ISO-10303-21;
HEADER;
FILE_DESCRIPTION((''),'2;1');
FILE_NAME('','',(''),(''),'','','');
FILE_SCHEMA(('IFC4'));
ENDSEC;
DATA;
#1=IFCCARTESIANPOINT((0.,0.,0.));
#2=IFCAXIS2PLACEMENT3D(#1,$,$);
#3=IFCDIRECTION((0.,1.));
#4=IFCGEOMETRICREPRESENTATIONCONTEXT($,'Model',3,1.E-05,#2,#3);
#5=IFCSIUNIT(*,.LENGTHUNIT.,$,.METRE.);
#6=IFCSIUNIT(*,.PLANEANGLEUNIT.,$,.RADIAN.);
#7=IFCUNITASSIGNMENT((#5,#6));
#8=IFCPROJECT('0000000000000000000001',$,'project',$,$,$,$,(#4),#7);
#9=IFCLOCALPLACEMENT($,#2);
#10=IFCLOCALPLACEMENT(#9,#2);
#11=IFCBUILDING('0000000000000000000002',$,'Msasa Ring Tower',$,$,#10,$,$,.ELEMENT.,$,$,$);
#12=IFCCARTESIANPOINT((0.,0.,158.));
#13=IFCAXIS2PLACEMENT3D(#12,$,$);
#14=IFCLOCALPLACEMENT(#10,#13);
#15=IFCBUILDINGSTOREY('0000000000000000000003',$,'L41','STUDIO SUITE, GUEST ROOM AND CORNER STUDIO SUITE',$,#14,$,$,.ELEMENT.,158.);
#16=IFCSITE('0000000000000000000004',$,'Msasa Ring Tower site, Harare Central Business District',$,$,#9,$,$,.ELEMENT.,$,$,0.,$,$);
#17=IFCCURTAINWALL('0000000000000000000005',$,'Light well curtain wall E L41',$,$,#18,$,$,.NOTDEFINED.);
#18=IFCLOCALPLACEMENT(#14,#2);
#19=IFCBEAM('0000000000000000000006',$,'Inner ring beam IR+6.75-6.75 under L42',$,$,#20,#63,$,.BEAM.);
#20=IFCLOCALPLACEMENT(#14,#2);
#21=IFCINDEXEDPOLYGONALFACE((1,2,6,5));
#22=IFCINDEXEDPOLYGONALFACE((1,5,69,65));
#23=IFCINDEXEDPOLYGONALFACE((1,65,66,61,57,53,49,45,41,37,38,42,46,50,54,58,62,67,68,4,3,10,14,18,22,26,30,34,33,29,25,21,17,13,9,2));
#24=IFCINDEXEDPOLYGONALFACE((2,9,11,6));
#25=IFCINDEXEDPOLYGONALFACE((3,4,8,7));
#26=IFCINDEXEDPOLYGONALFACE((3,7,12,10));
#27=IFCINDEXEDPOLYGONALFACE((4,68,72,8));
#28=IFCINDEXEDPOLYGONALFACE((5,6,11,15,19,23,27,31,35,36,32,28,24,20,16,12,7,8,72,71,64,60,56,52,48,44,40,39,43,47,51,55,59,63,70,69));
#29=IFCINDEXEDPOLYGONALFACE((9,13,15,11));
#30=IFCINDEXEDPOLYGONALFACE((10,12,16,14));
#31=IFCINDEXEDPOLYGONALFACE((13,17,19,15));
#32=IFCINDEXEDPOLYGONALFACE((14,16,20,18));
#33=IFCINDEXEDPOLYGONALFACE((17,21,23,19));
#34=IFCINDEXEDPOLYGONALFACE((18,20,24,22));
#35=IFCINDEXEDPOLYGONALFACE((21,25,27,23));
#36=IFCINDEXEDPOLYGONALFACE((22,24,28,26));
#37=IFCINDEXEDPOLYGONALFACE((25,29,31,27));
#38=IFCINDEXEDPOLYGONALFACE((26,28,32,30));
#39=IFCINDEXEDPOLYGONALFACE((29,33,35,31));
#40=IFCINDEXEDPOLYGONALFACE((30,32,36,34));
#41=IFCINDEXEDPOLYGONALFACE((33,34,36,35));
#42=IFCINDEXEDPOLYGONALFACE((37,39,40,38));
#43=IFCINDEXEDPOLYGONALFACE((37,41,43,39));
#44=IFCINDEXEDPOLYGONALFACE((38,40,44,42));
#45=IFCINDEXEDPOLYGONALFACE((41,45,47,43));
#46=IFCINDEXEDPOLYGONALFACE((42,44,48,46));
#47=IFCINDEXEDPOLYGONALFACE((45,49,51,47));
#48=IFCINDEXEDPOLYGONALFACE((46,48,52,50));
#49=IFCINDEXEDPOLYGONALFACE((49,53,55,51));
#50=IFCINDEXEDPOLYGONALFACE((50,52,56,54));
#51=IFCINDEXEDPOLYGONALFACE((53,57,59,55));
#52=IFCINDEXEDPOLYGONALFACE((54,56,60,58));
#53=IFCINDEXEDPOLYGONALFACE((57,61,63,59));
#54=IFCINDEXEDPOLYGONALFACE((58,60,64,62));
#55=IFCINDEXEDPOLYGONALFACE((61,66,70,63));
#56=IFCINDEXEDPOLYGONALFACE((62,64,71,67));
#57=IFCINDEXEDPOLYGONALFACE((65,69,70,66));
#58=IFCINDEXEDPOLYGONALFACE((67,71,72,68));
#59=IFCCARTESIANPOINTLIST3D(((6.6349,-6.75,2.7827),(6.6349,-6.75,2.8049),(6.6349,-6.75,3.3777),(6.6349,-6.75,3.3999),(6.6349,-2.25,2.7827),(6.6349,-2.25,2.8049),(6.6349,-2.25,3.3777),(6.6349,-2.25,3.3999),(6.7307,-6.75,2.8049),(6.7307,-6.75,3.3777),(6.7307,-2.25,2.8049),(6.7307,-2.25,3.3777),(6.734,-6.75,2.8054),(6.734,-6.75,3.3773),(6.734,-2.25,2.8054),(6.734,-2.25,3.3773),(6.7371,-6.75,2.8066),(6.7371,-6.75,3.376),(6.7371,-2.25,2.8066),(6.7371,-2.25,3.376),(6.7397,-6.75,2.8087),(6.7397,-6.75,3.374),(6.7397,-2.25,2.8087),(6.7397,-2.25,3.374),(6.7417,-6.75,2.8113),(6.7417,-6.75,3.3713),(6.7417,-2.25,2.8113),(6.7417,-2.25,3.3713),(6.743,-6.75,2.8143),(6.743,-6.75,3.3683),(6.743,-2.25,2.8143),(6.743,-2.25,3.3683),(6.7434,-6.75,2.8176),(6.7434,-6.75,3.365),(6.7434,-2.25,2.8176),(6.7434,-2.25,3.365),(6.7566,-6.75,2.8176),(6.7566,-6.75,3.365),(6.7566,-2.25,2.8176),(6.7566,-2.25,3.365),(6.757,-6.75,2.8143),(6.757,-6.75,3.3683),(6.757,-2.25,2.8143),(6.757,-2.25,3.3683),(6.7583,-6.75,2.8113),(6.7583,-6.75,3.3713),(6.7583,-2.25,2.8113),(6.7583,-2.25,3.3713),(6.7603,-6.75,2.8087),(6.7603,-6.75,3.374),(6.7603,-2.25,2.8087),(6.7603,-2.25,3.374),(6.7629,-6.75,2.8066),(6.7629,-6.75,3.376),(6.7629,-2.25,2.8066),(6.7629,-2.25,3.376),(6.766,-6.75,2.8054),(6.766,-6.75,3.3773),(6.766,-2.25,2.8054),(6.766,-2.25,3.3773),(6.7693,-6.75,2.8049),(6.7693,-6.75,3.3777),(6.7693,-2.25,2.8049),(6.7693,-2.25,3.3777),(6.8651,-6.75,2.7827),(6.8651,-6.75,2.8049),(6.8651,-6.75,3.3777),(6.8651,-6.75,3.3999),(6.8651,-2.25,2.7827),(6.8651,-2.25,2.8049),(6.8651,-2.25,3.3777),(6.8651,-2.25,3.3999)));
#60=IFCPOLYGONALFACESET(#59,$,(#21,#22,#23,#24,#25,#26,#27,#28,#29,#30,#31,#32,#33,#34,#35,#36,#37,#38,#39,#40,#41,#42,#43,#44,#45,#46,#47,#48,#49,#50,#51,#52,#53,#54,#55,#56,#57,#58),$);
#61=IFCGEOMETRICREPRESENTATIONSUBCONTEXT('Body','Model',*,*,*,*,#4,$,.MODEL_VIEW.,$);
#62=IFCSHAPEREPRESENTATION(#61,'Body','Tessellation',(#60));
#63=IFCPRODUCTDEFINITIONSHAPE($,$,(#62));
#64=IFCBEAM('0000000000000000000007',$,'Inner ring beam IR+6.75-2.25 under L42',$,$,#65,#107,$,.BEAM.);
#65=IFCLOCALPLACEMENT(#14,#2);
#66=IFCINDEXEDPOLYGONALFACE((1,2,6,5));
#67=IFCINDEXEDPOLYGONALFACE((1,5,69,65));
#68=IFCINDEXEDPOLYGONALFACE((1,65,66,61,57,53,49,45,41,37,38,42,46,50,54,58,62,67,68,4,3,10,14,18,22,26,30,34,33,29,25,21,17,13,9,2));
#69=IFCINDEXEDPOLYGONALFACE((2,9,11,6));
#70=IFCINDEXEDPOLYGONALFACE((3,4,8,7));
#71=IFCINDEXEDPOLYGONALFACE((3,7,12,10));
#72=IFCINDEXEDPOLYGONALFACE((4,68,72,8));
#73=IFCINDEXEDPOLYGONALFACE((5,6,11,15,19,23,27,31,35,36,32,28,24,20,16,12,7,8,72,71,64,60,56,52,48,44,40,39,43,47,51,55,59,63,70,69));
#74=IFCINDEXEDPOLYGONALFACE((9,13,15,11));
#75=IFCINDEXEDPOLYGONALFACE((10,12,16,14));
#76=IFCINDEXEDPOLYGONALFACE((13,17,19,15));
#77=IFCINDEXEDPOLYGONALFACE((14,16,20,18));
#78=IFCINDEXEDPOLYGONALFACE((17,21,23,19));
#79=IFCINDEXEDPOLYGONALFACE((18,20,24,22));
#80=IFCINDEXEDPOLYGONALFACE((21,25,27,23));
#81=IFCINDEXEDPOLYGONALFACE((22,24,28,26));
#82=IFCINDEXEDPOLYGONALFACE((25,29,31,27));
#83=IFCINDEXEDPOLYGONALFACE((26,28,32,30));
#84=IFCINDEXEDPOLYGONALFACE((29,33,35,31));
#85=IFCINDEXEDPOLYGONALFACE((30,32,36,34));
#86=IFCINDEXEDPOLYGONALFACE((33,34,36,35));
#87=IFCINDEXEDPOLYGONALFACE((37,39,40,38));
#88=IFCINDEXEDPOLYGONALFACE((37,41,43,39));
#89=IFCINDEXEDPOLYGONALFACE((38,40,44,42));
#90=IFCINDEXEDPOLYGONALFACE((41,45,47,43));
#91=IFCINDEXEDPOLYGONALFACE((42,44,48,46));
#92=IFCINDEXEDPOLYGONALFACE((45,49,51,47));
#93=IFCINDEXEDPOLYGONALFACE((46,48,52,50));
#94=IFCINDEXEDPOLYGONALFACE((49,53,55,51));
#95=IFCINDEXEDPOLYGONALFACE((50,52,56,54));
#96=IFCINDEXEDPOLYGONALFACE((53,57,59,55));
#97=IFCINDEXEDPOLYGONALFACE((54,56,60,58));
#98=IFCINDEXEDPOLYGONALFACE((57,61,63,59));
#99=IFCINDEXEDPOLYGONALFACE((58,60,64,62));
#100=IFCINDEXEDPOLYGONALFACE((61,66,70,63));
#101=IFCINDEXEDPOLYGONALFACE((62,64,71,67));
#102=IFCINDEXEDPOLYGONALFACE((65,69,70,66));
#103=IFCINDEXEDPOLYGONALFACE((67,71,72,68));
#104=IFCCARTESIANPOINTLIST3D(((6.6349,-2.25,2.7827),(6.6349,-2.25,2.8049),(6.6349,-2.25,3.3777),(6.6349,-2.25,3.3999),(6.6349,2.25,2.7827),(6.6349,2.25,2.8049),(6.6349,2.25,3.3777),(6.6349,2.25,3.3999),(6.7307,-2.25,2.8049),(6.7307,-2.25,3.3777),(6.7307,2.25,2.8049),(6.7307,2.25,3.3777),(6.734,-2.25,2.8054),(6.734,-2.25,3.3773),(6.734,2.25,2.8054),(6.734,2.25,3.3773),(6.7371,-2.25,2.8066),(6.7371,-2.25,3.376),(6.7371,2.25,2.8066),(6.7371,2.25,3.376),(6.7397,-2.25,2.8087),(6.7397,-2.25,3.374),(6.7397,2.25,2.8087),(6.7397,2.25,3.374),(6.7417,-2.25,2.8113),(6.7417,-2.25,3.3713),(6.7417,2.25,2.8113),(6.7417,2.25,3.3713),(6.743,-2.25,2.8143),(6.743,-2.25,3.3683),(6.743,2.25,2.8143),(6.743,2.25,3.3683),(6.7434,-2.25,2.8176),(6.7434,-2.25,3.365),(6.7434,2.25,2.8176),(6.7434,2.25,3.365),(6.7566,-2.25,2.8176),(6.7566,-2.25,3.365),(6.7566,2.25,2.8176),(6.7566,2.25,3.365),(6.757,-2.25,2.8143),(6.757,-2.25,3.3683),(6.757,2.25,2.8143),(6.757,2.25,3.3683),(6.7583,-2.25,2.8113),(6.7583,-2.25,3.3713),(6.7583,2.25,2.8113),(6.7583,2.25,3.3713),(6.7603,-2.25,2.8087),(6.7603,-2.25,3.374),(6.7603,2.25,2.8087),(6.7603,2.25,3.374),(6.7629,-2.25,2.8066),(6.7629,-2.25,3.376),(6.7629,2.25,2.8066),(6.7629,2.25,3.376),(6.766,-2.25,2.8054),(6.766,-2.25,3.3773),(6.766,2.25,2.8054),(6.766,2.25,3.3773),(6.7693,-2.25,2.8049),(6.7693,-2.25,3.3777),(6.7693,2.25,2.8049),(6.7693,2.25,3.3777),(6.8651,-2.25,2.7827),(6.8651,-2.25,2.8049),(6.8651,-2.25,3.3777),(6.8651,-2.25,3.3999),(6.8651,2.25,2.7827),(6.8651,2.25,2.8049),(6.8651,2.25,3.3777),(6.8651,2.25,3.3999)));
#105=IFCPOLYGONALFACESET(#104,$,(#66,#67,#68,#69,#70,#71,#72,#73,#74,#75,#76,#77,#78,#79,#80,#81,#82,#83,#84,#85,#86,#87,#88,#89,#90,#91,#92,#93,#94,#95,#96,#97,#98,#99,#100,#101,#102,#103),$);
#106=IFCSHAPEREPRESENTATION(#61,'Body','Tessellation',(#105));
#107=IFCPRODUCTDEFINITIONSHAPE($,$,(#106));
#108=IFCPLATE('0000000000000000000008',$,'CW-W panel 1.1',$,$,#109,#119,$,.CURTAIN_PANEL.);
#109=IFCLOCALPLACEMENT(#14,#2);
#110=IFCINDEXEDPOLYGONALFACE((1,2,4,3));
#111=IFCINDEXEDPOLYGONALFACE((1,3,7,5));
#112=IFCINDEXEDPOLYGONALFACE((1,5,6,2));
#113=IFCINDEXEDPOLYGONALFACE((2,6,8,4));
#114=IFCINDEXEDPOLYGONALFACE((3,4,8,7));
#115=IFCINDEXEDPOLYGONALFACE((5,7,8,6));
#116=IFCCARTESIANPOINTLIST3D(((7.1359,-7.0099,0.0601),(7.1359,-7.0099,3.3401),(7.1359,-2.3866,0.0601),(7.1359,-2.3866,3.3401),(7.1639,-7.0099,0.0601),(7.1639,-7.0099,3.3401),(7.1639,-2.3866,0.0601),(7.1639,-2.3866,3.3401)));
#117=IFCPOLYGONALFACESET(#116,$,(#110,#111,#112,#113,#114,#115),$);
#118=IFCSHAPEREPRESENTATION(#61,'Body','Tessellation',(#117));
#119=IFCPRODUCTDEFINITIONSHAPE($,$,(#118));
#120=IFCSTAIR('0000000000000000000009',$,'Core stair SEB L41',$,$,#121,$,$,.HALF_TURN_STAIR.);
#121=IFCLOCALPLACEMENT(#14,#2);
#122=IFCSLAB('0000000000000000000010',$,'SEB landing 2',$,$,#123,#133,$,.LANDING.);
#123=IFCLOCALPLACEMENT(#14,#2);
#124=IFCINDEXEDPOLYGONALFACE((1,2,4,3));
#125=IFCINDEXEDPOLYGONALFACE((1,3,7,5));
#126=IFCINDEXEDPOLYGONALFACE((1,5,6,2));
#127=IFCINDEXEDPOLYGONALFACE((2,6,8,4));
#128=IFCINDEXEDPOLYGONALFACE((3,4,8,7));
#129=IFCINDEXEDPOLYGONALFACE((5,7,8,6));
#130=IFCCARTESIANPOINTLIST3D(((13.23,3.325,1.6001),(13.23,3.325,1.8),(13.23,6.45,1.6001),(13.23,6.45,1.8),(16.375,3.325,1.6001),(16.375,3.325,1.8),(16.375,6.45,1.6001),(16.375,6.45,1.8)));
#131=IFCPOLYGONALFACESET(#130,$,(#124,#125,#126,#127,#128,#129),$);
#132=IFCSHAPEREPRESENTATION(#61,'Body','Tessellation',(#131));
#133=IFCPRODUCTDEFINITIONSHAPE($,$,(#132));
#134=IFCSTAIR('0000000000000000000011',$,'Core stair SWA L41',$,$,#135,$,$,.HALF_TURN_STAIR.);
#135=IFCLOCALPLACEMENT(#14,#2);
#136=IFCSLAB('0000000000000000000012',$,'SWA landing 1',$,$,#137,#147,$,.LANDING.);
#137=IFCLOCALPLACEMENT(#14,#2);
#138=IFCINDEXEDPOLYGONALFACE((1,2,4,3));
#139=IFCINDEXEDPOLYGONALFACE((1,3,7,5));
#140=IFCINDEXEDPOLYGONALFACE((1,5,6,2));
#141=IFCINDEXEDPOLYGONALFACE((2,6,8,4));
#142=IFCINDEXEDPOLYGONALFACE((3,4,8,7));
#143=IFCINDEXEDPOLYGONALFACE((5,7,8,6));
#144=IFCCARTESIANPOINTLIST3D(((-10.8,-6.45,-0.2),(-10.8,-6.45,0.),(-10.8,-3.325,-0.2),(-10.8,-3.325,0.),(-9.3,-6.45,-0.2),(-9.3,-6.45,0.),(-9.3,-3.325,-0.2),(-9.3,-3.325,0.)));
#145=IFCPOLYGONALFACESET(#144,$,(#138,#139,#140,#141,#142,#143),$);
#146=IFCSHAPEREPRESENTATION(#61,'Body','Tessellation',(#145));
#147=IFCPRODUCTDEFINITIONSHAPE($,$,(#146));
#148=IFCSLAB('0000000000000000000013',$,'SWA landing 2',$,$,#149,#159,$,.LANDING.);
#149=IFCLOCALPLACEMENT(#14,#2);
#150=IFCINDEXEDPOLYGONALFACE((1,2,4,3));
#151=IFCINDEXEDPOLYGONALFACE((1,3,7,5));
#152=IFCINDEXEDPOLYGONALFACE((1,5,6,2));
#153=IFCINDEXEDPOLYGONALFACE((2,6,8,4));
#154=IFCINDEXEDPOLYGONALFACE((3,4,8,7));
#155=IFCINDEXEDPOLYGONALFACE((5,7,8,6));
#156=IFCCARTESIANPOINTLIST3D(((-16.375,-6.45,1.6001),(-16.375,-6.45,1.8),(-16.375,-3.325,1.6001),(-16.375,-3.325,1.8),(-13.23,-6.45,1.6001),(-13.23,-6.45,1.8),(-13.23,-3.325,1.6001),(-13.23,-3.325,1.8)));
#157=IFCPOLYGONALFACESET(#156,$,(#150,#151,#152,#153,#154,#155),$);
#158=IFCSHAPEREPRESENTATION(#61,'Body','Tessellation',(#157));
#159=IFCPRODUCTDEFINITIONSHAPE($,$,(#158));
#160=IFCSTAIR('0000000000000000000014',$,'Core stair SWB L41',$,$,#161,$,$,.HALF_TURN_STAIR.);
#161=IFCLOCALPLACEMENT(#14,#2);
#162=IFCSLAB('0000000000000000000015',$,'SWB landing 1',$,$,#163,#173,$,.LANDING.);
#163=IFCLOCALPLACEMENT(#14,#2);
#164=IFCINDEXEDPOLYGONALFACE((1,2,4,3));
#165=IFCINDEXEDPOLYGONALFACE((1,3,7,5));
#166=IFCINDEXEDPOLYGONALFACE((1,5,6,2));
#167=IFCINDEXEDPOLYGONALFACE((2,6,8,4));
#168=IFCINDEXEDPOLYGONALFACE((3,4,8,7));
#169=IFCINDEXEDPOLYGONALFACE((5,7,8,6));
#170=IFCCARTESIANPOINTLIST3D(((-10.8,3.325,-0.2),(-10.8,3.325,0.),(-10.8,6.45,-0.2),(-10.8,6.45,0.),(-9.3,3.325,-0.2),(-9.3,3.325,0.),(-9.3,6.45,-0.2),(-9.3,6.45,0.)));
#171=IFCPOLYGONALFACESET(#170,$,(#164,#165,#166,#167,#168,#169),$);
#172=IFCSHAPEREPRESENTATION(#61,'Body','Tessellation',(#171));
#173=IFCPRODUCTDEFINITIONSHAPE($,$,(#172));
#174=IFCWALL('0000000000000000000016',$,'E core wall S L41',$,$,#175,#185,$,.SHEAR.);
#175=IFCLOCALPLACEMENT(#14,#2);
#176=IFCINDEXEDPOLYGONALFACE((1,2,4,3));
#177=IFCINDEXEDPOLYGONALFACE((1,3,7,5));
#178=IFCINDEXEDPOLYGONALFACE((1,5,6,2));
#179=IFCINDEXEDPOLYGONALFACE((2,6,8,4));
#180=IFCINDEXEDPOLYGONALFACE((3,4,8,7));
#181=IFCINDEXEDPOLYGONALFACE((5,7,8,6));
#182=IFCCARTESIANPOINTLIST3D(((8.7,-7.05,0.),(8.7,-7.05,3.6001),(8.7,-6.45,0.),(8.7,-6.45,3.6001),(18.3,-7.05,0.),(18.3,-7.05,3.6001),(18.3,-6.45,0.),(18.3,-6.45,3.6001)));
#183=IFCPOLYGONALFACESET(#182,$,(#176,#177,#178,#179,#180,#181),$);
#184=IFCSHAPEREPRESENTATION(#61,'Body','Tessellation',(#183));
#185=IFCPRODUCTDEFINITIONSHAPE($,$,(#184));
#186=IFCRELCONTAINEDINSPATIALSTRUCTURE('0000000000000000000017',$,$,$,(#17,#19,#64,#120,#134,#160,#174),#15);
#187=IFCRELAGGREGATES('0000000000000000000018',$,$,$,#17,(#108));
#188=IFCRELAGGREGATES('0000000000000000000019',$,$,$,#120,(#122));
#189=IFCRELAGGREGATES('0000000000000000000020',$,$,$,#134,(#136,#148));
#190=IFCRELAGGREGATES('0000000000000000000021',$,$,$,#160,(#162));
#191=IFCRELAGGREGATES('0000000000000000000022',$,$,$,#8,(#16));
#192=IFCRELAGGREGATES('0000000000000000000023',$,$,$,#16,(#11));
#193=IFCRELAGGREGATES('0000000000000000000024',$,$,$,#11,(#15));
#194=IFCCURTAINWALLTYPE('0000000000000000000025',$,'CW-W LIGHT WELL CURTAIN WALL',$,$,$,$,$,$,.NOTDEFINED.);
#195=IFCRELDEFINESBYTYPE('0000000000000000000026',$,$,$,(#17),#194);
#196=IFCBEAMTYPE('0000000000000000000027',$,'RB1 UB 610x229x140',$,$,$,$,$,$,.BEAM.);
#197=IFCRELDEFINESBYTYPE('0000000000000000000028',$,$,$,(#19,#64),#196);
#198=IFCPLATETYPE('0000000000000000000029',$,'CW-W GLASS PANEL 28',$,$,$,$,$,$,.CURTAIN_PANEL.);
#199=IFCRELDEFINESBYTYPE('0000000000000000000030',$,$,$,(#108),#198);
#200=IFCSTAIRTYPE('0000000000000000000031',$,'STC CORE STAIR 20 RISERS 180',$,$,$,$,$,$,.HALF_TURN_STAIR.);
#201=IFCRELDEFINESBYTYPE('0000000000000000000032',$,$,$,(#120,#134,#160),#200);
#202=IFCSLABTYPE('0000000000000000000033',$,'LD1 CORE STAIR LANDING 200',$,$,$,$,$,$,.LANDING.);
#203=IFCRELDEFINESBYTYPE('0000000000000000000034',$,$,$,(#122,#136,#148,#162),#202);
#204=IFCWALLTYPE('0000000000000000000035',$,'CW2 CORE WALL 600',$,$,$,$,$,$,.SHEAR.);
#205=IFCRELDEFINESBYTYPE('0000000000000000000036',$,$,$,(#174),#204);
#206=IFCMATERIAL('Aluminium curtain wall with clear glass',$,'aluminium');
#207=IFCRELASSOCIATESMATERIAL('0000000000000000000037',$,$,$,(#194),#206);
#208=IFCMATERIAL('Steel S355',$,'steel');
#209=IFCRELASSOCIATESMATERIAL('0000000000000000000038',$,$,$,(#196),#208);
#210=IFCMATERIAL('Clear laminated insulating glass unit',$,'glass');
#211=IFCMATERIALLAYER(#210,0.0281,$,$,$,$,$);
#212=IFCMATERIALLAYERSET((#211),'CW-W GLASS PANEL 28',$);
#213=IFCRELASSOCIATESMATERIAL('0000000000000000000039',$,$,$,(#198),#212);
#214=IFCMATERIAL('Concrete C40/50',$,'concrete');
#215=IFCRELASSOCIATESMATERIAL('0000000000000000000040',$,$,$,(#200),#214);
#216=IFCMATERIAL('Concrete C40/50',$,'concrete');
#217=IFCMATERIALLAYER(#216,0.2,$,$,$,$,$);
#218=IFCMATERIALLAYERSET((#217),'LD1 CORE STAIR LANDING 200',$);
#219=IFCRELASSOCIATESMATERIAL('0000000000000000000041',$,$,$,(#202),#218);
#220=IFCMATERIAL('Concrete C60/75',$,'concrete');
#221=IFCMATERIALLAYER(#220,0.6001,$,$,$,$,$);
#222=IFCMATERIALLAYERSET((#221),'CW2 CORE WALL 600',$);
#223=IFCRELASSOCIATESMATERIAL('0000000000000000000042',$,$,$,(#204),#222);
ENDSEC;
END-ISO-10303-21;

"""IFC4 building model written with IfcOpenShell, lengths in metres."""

from ifc_helpers import new_model, si_unit, direction, frame, frame_2d, origin, origin_2d, place, context, subcontext, project, spatial, polyline, rectangle, i_section, outline, extrude, material, layer, layer_set, material_profile, profile_set, type_object, element, aggregate, save


model = new_model("IFC4")

# Units and contexts
model_context = context("Model", 3, precision=1e-05, world=origin(), true_north=direction((0.0, 1.0)))
body_context = subcontext(model_context, "Body", "Model", "MODEL_VIEW")
ifc_project = project(units=[si_unit("LENGTHUNIT", "METRE"), si_unit("PLANEANGLEUNIT", "RADIAN")], contexts=[model_context])

# Site, building, storey
site_placement = place(None, origin())
site = spatial("IfcSite", under=ifc_project, at=site_placement, Name="Msasa Ring Tower site, Harare Central Business District", CompositionType="ELEMENT", RefElevation=0.0)
building_placement = place(site_placement, origin())
building = spatial("IfcBuilding", under=site, at=building_placement, Name="Msasa Ring Tower", CompositionType="ELEMENT")
storey_placement = place(building_placement, frame((0.0, 0.0, 158.0)))
storey = spatial("IfcBuildingStorey", under=building, at=storey_placement, Name="L41", Description="STUDIO SUITE, GUEST ROOM AND CORNER STUDIO SUITE", CompositionType="ELEMENT", Elevation=158.0)

# Curtain wall
ifc_material_1 = material(Name="Aluminium curtain wall with clear glass", Category="aluminium")
curtain_wall_type = type_object("IfcCurtainWallType", Name="CW-W LIGHT WELL CURTAIN WALL", PredefinedType="NOTDEFINED", material=ifc_material_1)
curtain_wall_placement = place(storey_placement, origin())
curtain_wall = element("IfcCurtainWall", 1, at=curtain_wall_placement, inside=storey, type_object=curtain_wall_type, Name="Light well curtain wall E L41", PredefinedType="NOTDEFINED")

# Beams
ifc_material_2 = material(Name="Steel S355", Category="steel")
ifc_material_profile_1 = material_profile(ifc_material_2, i_section(OverallWidth=0.2302, OverallDepth=0.6172, WebThickness=0.0132, FlangeThickness=0.0222, FilletRadius=0.0127, at=origin_2d()), Name="UB 610x229x140")
ifc_profile_set_1 = profile_set([ifc_material_profile_1], Name="Steel S355")
beam_type = type_object("IfcBeamType", Name="RB1 UB 610x229x140", PredefinedType="BEAM", material=ifc_profile_set_1)
for number, where, z_axis, x_axis, name in (
    (2, (6.75, -6.75, 3.0913), (0.0, 1.0, 0.0), (-1.0, 0.0, 0.0), "Inner ring beam IR+6.75-6.75 under L42"),
    (3, (6.75, -2.25, 3.0913), (0.0, 1.0, 0.0), (-1.0, 0.0, 0.0), "Inner ring beam IR+6.75-2.25 under L42"),
):
    element("IfcBeam", number, at=place(storey_placement, frame(where, z_axis=z_axis, x_axis=x_axis)), inside=storey, type_object=beam_type, Name=name, PredefinedType="BEAM", context=body_context, shape_type="SweptSolid", body=[
        extrude(i_section(OverallWidth=0.2302, OverallDepth=0.6172, WebThickness=0.0132, FlangeThickness=0.0222, FilletRadius=0.0127, at=origin_2d()), origin(), (0.0, 0.0, 1.0), 4.5),
    ])

# Plate
ifc_material_3 = material(Name="Clear laminated insulating glass unit", Category="glass")
ifc_layer_1 = layer(ifc_material_3, 0.0281)
ifc_layer_set_1 = layer_set([ifc_layer_1], Name="CW-W GLASS PANEL 28")
plate_type = type_object("IfcPlateType", Name="CW-W GLASS PANEL 28", PredefinedType="CURTAIN_PANEL", material=ifc_layer_set_1)
plate_placement = place(storey_placement, frame((7.1499, -4.6982, 0.0601), z_axis=(0.0, 0.0, 1.0), x_axis=(0.0, 1.0, 0.0)))
plate = element("IfcPlate", 4, at=plate_placement, type_object=plate_type, Name="CW-W panel 1.1", PredefinedType="CURTAIN_PANEL", context=body_context, shape_type="SweptSolid", body=[
    extrude(rectangle(XDim=4.6233, YDim=0.0281, at=origin_2d()), origin(), (0.0, 0.0, 1.0), 3.28),
])
aggregate(curtain_wall, [plate])

# Stair, slab
ifc_material_4 = material(Name="Concrete C40/50", Category="concrete")
stair_type = type_object("IfcStairType", Name="STC CORE STAIR 20 RISERS 180", PredefinedType="HALF_TURN_STAIR", material=ifc_material_4)
stair_1_placement = place(storey_placement, origin())
stair_1 = element("IfcStair", 5, at=stair_1_placement, inside=storey, type_object=stair_type, Name="Core stair SEB L41", PredefinedType="HALF_TURN_STAIR")
ifc_material_5 = material(Name="Concrete C40/50", Category="concrete")
ifc_layer_2 = layer(ifc_material_5, 0.2)
ifc_layer_set_2 = layer_set([ifc_layer_2], Name="LD1 CORE STAIR LANDING 200")
slab_type = type_object("IfcSlabType", Name="LD1 CORE STAIR LANDING 200", PredefinedType="LANDING", material=ifc_layer_set_2)
slab_1_placement = place(storey_placement, frame((0.0, 0.0, 1.6001)))
slab_1 = element("IfcSlab", 6, at=slab_1_placement, type_object=slab_type, Name="SEB landing 2", PredefinedType="LANDING", context=body_context, shape_type="SweptSolid", body=[
    extrude(outline(polyline([(13.23, 3.325), (16.375, 3.325), (16.375, 6.45), (13.23, 6.45), (13.23, 3.325)])), origin(), (0.0, 0.0, 1.0), 0.2),
])
aggregate(stair_1, [slab_1])

# Stair, slabs
stair_2_placement = place(storey_placement, origin())
stair_2 = element("IfcStair", 7, at=stair_2_placement, inside=storey, type_object=stair_type, Name="Core stair SWA L41", PredefinedType="HALF_TURN_STAIR")
slab_2_placement = place(storey_placement, frame((0.0, 0.0, -0.2)))
slab_2 = element("IfcSlab", 8, at=slab_2_placement, type_object=slab_type, Name="SWA landing 1", PredefinedType="LANDING", context=body_context, shape_type="SweptSolid", body=[
    extrude(outline(polyline([(-10.8, -6.45), (-9.3, -6.45), (-9.3, -3.325), (-10.8, -3.325), (-10.8, -6.45)])), origin(), (0.0, 0.0, 1.0), 0.2),
])
slab_3_placement = place(storey_placement, frame((0.0, 0.0, 1.6001)))
slab_3 = element("IfcSlab", 9, at=slab_3_placement, type_object=slab_type, Name="SWA landing 2", PredefinedType="LANDING", context=body_context, shape_type="SweptSolid", body=[
    extrude(outline(polyline([(-16.375, -6.45), (-13.23, -6.45), (-13.23, -3.325), (-16.375, -3.325), (-16.375, -6.45)])), origin(), (0.0, 0.0, 1.0), 0.2),
])
aggregate(stair_2, [slab_2, slab_3])

# Stair, slab
stair_3_placement = place(storey_placement, origin())
stair_3 = element("IfcStair", 10, at=stair_3_placement, inside=storey, type_object=stair_type, Name="Core stair SWB L41", PredefinedType="HALF_TURN_STAIR")
slab_4_placement = place(storey_placement, frame((0.0, 0.0, -0.2)))
slab_4 = element("IfcSlab", 11, at=slab_4_placement, type_object=slab_type, Name="SWB landing 1", PredefinedType="LANDING", context=body_context, shape_type="SweptSolid", body=[
    extrude(outline(polyline([(-10.8, 3.325), (-9.3, 3.325), (-9.3, 6.45), (-10.8, 6.45), (-10.8, 3.325)])), origin(), (0.0, 0.0, 1.0), 0.2),
])
aggregate(stair_3, [slab_4])

# Wall
ifc_material_6 = material(Name="Concrete C60/75", Category="concrete")
ifc_layer_3 = layer(ifc_material_6, 0.6001)
ifc_layer_set_3 = layer_set([ifc_layer_3], Name="CW2 CORE WALL 600")
wall_type_1 = type_object("IfcWallType", Name="CW2 CORE WALL 600", PredefinedType="SHEAR", material=ifc_layer_set_3)
wall_1_placement = place(storey_placement, frame((8.7, -6.75, 0.0), z_axis=(0.0, 0.0, 1.0), x_axis=(1.0, 0.0, 0.0)))
element("IfcWall", 12, at=wall_1_placement, inside=storey, type_object=wall_type_1, Name="E core wall S L41", PredefinedType="SHEAR", context=body_context, shape_type="SweptSolid", body=[
    extrude(rectangle(XDim=9.6001, YDim=0.6001, at=frame_2d((4.8, 0.0))), origin(), (0.0, 0.0, 1.0), 3.6001),
])

save(model, "model.ifc")
